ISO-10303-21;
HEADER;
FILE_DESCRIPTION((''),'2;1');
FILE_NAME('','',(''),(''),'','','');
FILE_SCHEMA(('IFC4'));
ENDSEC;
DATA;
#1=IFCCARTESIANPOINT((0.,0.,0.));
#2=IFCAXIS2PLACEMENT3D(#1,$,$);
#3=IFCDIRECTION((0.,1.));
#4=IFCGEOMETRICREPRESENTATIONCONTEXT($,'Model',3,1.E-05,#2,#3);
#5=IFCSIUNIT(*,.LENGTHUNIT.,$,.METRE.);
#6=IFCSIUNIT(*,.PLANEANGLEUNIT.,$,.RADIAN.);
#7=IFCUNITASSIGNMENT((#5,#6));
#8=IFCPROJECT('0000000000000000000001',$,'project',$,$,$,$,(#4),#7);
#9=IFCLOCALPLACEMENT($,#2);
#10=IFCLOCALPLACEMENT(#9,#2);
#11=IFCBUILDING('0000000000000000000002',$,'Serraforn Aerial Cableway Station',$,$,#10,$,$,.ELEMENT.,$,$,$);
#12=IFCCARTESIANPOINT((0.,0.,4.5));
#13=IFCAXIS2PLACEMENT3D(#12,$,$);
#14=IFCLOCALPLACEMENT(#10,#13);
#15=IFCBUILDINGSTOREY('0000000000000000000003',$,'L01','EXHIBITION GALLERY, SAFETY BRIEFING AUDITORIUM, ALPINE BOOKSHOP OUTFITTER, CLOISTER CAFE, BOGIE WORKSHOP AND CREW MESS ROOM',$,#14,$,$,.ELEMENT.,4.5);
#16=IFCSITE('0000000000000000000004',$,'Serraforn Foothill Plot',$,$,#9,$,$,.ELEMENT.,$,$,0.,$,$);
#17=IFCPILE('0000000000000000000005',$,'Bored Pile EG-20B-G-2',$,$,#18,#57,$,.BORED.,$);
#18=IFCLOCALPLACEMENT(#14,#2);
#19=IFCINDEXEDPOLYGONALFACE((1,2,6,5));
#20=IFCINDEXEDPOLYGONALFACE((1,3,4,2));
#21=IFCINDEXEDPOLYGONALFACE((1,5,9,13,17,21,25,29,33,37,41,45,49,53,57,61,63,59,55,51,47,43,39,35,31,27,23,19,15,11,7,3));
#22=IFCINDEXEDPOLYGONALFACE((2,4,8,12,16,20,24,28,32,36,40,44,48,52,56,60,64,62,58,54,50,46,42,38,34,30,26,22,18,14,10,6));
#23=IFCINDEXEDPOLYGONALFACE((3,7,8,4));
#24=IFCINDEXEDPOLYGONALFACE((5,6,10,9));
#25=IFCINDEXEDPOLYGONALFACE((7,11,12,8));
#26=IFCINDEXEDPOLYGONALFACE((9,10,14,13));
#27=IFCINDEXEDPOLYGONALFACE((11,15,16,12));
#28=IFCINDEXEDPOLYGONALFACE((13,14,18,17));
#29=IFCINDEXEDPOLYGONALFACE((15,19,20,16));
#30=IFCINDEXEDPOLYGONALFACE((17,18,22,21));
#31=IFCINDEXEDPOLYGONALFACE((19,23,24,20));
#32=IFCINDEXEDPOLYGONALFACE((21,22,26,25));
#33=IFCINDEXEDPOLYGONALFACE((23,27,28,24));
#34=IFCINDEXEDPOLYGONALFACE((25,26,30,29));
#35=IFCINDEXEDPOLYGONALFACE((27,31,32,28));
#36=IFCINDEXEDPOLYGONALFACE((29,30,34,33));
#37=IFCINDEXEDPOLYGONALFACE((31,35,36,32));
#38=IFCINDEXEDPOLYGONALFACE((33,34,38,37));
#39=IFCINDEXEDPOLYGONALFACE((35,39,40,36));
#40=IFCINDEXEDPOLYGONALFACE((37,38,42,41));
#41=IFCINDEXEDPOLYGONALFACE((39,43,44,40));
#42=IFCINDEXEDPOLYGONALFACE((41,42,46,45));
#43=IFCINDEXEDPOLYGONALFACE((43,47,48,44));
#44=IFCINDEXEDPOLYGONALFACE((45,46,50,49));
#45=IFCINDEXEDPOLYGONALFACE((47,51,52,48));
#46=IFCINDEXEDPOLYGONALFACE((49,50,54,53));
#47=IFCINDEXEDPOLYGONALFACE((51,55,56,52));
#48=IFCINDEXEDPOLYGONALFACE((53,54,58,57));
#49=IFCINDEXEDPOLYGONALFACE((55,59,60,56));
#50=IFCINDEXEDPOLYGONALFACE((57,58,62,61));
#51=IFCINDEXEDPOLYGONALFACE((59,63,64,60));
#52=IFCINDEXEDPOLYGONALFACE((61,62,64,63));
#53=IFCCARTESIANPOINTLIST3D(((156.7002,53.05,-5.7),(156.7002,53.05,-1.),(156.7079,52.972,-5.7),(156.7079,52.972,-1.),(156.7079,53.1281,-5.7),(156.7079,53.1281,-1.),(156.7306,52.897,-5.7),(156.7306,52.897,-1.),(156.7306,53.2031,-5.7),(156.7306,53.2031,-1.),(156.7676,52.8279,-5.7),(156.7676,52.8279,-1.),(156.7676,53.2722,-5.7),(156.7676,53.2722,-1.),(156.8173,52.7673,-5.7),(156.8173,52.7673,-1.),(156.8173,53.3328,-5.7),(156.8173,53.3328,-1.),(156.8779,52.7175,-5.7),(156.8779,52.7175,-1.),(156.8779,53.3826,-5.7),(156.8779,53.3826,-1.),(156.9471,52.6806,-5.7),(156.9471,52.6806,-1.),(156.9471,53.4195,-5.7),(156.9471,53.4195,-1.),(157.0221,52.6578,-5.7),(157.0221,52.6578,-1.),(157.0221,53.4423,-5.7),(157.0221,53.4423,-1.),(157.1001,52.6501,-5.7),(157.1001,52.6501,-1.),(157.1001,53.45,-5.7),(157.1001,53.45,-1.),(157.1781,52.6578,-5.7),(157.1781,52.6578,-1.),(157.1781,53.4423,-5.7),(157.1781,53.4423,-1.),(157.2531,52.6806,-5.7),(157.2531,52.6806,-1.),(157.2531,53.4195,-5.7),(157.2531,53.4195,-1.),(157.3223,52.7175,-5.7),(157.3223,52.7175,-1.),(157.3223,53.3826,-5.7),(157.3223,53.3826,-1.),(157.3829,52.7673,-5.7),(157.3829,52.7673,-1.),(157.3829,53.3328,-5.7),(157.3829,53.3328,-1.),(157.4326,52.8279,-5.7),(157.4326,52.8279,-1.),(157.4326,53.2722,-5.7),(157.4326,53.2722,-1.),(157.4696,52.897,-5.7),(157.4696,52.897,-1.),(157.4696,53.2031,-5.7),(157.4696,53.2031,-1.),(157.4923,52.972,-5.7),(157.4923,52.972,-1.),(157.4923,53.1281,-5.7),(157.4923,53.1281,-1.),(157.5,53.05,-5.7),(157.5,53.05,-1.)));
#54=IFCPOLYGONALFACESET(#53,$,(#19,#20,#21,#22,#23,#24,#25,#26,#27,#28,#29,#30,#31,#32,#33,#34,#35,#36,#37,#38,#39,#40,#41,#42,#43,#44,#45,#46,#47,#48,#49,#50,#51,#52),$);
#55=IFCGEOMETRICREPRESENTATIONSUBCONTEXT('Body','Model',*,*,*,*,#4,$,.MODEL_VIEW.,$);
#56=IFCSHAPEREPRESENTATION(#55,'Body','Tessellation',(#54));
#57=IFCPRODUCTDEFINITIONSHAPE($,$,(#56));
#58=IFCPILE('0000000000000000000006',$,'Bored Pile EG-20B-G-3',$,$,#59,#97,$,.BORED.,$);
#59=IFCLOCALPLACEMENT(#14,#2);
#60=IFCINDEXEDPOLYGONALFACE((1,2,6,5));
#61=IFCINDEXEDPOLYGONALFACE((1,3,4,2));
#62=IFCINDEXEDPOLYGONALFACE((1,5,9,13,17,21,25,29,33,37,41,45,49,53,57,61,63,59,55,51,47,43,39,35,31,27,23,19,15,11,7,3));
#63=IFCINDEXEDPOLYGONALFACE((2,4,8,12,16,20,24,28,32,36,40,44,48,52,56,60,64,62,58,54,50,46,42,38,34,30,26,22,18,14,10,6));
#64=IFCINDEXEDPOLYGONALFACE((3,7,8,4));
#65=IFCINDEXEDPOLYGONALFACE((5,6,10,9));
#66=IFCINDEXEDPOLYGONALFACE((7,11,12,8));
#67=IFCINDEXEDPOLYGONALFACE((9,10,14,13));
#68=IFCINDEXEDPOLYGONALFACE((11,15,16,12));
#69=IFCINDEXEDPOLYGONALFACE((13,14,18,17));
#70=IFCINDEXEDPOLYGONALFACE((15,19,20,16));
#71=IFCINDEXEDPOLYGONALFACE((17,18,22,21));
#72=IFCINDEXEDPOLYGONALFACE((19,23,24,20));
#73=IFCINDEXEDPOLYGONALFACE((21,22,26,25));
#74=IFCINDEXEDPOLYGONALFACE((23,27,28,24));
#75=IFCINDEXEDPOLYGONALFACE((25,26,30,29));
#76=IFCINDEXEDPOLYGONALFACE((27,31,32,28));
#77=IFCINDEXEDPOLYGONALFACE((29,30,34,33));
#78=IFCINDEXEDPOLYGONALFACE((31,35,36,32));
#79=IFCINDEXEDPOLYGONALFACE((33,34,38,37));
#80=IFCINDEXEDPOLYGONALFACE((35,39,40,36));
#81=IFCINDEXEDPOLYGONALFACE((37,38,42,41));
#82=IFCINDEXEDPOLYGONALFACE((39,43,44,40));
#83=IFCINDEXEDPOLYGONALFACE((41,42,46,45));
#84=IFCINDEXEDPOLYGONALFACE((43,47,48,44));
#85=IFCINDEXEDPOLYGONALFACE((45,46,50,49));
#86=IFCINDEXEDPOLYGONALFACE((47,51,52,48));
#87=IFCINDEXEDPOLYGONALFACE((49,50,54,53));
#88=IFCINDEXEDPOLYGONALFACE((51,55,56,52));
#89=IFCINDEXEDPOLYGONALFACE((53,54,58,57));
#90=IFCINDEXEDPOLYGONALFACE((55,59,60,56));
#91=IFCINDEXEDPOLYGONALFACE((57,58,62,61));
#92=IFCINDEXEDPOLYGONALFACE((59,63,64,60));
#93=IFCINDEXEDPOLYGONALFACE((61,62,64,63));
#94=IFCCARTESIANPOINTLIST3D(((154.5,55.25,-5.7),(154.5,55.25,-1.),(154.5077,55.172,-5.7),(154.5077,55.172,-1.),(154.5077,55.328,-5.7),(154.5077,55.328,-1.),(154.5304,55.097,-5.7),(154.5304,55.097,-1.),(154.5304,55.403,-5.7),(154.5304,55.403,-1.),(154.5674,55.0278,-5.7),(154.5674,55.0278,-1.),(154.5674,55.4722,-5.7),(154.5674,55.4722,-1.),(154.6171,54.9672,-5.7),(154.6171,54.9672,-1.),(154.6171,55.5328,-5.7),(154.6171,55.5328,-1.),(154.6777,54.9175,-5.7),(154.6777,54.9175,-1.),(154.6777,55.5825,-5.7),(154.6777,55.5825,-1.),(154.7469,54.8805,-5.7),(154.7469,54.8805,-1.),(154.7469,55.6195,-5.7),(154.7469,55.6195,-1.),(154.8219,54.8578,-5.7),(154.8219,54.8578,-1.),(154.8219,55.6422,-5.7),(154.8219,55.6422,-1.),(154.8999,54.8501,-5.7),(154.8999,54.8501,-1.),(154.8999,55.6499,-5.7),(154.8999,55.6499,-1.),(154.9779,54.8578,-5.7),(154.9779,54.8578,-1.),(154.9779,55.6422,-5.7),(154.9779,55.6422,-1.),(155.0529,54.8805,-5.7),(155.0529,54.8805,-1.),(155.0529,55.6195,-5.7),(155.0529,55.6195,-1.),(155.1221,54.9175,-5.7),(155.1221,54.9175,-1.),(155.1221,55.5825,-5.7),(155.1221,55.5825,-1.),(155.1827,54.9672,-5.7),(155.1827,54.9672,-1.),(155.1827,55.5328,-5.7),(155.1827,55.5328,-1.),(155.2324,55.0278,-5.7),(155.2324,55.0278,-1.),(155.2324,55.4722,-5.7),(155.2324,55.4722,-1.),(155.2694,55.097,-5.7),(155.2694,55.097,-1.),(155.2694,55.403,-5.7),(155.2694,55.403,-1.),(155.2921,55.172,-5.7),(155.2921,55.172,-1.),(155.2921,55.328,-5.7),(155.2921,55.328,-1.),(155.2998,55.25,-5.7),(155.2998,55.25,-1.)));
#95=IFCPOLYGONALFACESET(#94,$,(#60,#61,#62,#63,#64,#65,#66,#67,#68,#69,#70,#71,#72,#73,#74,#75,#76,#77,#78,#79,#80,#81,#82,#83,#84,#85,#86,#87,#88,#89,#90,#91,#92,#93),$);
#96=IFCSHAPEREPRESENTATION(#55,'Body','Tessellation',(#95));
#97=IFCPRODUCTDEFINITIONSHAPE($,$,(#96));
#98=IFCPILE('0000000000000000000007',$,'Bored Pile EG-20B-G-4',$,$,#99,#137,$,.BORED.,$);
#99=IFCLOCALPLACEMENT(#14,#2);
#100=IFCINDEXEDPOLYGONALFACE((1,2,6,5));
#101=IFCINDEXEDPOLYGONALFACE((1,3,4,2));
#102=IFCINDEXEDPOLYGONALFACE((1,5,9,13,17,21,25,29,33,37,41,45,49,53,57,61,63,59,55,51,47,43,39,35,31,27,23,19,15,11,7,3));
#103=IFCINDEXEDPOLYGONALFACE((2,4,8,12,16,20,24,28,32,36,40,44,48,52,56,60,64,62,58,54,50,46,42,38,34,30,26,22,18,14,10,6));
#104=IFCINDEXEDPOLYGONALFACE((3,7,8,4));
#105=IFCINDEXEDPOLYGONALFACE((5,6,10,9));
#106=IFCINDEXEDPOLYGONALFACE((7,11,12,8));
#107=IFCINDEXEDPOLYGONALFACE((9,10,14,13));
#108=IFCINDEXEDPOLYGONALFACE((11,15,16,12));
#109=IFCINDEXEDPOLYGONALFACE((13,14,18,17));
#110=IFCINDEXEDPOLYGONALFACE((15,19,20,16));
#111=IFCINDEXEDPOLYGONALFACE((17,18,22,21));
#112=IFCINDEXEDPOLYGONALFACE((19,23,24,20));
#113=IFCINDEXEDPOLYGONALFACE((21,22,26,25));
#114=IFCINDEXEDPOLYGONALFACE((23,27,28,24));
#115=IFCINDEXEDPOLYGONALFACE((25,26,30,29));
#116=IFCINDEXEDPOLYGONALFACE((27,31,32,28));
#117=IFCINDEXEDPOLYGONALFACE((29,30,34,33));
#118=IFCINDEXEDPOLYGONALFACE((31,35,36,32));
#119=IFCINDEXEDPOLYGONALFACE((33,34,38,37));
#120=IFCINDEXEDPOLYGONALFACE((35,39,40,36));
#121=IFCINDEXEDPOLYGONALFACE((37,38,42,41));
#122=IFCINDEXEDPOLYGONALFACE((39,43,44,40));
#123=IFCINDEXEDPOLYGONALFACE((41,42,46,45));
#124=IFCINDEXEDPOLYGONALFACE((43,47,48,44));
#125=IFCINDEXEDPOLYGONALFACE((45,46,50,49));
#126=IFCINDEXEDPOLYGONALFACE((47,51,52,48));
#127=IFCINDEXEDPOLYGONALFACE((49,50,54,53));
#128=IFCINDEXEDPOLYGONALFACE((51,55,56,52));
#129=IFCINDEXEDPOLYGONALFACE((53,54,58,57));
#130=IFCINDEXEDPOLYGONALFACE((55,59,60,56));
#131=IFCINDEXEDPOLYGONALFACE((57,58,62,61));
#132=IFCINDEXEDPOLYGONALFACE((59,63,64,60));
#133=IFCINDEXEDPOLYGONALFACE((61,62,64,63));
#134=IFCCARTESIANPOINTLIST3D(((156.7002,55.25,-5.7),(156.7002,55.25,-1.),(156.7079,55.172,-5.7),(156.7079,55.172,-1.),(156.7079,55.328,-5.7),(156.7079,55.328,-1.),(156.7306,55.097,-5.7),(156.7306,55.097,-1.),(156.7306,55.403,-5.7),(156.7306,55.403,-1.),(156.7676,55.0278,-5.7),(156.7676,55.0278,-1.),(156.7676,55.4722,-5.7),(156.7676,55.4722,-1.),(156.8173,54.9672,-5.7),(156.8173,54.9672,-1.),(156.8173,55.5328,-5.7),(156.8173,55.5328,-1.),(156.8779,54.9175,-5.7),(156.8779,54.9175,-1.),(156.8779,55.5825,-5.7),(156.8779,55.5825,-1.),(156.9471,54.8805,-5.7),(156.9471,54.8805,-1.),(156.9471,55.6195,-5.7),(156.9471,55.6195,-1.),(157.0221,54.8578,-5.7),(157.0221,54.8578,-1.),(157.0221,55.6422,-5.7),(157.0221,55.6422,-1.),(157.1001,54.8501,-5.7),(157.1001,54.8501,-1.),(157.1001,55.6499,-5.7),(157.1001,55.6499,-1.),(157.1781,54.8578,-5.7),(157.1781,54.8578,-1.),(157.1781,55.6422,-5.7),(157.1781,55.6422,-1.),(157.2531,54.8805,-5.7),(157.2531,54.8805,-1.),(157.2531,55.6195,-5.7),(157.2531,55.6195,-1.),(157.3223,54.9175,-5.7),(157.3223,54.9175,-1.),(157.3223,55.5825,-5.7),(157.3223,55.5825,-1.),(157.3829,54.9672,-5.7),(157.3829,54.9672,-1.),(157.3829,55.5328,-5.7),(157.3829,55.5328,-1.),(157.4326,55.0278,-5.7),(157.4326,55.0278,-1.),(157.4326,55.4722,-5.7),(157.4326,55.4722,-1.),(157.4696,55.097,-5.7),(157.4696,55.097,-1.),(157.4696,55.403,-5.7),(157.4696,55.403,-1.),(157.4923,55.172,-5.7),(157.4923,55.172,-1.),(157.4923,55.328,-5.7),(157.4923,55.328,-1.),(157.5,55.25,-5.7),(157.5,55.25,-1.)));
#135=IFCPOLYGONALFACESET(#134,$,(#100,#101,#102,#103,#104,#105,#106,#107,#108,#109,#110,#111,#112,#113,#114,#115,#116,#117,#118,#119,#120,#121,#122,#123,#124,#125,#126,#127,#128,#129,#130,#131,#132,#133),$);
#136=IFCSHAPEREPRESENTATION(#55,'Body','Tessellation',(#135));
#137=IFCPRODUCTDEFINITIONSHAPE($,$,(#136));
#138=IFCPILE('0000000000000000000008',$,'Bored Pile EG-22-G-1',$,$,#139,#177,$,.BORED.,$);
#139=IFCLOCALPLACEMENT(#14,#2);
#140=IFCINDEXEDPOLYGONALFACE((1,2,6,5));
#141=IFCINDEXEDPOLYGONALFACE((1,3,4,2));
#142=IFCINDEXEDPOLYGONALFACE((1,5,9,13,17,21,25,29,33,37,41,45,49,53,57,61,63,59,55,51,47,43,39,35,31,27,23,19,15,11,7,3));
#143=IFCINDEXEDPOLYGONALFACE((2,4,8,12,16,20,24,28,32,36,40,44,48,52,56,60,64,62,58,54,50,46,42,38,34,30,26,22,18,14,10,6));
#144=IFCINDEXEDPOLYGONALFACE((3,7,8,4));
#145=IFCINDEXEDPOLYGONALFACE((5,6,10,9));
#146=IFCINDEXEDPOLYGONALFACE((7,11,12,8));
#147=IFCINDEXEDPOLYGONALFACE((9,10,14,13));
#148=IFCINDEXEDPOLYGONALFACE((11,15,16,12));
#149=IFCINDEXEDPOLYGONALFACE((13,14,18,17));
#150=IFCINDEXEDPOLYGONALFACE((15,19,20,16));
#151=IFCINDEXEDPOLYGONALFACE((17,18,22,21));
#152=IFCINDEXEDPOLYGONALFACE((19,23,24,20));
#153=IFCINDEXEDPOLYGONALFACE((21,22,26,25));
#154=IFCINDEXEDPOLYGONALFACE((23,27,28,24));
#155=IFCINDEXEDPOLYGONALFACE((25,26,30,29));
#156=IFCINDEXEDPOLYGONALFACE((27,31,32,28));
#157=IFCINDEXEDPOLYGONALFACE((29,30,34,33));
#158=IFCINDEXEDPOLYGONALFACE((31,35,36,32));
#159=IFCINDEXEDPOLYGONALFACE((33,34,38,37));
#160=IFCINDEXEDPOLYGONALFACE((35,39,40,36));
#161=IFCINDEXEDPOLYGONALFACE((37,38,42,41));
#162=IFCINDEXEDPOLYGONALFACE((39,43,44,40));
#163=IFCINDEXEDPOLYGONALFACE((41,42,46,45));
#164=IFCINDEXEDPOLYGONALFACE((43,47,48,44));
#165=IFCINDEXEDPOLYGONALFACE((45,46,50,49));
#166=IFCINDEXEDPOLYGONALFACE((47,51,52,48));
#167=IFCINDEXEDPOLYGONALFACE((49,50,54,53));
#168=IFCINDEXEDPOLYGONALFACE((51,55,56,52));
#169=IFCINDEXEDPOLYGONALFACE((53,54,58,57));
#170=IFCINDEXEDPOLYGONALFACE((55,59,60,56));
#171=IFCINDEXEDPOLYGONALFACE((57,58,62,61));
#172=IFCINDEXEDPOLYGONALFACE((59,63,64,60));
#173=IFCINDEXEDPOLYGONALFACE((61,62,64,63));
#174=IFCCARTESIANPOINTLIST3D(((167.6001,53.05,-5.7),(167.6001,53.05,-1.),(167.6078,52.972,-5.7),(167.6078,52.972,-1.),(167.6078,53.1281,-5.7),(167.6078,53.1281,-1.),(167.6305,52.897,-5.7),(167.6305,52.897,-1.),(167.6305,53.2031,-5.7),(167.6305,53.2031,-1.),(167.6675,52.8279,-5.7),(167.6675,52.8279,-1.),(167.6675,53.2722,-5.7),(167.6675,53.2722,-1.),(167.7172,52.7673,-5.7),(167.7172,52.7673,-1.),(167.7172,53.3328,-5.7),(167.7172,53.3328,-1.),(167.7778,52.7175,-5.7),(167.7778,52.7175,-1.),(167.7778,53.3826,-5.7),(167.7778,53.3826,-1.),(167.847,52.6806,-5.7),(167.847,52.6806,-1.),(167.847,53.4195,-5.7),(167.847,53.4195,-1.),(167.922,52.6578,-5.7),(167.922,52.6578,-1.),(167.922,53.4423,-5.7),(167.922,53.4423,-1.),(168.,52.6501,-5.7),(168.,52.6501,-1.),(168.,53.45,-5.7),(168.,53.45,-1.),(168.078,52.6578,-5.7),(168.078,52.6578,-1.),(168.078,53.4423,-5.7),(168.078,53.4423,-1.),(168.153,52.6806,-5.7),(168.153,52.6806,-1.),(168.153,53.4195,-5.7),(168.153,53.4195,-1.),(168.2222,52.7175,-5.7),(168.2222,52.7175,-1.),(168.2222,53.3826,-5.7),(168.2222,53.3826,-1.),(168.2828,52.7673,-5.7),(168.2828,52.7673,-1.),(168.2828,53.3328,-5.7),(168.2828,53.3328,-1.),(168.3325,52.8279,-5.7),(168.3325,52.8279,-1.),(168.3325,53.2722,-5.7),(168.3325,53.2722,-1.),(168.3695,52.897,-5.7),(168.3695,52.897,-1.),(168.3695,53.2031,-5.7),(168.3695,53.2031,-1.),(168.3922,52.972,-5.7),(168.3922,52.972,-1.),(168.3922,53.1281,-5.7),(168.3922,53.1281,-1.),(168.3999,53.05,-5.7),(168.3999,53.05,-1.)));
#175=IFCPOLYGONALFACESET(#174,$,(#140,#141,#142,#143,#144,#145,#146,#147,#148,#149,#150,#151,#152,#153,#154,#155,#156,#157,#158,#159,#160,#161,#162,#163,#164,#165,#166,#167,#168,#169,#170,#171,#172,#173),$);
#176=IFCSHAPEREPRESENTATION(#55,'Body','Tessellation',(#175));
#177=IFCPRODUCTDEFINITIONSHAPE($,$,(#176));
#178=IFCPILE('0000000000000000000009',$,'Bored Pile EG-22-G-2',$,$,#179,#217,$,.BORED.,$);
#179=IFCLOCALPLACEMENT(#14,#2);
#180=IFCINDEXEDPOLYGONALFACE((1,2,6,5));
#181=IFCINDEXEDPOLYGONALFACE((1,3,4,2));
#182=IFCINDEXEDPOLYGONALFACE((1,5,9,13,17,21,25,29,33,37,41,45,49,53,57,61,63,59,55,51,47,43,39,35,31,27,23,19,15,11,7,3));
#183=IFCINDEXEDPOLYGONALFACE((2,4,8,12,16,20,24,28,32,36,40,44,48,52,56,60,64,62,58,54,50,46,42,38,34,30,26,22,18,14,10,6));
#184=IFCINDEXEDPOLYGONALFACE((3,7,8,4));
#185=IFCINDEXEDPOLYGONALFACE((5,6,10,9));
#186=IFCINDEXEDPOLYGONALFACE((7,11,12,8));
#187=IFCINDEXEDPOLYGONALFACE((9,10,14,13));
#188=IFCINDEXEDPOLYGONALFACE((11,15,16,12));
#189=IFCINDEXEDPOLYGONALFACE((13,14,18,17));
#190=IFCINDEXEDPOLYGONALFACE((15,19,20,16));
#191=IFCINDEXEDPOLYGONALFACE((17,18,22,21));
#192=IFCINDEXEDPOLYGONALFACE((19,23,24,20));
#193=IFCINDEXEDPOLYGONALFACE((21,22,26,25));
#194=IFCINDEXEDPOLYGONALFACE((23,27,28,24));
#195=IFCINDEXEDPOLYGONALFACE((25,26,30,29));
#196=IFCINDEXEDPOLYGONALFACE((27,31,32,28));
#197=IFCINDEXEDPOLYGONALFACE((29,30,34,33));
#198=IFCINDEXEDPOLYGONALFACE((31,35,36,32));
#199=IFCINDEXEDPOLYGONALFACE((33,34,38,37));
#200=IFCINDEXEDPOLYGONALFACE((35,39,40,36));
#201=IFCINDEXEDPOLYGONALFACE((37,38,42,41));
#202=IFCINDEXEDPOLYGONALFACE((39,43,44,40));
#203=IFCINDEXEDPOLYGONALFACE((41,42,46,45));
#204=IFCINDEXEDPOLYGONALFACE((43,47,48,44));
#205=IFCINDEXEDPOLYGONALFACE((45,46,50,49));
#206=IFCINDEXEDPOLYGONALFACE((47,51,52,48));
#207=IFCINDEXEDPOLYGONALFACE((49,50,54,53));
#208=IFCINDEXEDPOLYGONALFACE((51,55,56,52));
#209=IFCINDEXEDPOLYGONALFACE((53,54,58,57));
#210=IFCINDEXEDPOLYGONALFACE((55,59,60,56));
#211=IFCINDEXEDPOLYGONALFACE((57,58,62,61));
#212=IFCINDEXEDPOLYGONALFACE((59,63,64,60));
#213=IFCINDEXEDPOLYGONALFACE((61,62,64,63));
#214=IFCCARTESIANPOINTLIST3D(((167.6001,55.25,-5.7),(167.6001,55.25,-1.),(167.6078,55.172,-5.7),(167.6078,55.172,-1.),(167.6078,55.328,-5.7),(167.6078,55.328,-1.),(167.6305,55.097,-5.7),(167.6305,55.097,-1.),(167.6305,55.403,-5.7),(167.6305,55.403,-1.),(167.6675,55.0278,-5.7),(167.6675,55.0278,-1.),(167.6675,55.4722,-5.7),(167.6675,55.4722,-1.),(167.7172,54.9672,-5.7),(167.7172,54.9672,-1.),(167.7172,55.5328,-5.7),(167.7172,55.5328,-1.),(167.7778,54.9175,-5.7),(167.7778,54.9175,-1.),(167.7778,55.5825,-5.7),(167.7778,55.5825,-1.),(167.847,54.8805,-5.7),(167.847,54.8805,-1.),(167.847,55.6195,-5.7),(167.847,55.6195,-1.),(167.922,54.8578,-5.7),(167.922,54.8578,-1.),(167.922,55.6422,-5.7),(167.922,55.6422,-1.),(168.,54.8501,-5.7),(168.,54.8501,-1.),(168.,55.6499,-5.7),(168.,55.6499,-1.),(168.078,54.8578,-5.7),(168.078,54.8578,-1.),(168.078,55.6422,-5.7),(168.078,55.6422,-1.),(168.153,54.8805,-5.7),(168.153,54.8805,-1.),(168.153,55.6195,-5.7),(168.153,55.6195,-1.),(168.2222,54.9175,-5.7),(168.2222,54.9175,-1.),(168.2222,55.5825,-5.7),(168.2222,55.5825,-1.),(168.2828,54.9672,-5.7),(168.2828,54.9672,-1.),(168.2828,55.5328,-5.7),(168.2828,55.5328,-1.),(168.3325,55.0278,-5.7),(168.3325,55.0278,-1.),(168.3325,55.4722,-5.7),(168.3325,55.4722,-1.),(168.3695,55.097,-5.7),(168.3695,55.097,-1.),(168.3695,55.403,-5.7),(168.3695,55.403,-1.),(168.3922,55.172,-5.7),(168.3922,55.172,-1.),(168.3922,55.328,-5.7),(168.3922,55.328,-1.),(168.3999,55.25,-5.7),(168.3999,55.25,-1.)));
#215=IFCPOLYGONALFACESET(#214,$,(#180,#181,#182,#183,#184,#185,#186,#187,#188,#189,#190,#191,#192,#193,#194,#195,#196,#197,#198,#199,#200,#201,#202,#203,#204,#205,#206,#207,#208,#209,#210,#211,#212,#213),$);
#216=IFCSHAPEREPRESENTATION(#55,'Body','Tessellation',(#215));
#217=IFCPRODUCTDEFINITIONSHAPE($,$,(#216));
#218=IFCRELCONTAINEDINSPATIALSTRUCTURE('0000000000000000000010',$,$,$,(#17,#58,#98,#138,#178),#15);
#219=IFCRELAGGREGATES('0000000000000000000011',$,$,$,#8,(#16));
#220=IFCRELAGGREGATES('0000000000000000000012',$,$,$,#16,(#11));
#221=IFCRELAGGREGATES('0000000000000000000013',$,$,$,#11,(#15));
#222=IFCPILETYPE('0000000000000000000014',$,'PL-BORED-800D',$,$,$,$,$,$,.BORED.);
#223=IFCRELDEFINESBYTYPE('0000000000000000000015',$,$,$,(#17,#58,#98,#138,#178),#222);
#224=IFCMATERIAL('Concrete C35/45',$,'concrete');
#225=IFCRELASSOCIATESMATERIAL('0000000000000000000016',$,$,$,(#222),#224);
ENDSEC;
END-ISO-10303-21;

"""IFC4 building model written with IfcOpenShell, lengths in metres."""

from ifc_helpers import new_model, si_unit, direction, frame, origin, origin_2d, place, context, subcontext, project, spatial, circle, extrude, material, material_profile, profile_set, type_object, element, save


model = new_model("IFC4")

# Units and contexts
model_context = context("Model", 3, precision=1e-05, world=origin(), true_north=direction((0.0, 1.0)))
body_context = subcontext(model_context, "Body", "Model", "MODEL_VIEW")
ifc_project = project(units=[si_unit("LENGTHUNIT", "METRE"), si_unit("PLANEANGLEUNIT", "RADIAN")], contexts=[model_context])

# Site, building, storey
site_placement = place(None, origin())
site = spatial("IfcSite", under=ifc_project, at=site_placement, Name="Serraforn Foothill Plot", CompositionType="ELEMENT", RefElevation=0.0)
building_placement = place(site_placement, origin())
building = spatial("IfcBuilding", under=site, at=building_placement, Name="Serraforn Aerial Cableway Station", CompositionType="ELEMENT")
storey_placement = place(building_placement, frame((0.0, 0.0, 4.5)))
storey = spatial("IfcBuildingStorey", under=building, at=storey_placement, Name="L01", Description="EXHIBITION GALLERY, SAFETY BRIEFING AUDITORIUM, ALPINE BOOKSHOP OUTFITTER, CLOISTER CAFE, BOGIE WORKSHOP AND CREW MESS ROOM", CompositionType="ELEMENT", Elevation=4.5)

# Shared definitions
ifc_material_1 = material(Name="Concrete C35/45", Category="concrete")

# Piles
ifc_material_profile_1 = material_profile(ifc_material_1, circle(Radius=0.3999, at=origin_2d()), Name="BORED PILE D800")
ifc_profile_set_1 = profile_set([ifc_material_profile_1], Name="Concrete C35/45")
pile_type_1 = type_object("IfcPileType", Name="PL-BORED-800D", PredefinedType="BORED", material=ifc_profile_set_1)
for number, where, z_axis, x_axis, name in (
    (1, (157.1001, 53.05, -1.0), (0.0, 0.0, -1.0), (1.0, 0.0, 0.0), "Bored Pile EG-20B-G-2"),
    (2, (154.8999, 55.25, -1.0), (0.0, 0.0, -1.0), (1.0, 0.0, 0.0), "Bored Pile EG-20B-G-3"),
    (3, (157.1001, 55.25, -1.0), (0.0, 0.0, -1.0), (1.0, 0.0, 0.0), "Bored Pile EG-20B-G-4"),
    (4, (168.0, 53.05, -1.0), (0.0, 0.0, -1.0), (1.0, 0.0, 0.0), "Bored Pile EG-22-G-1"),
    (5, (168.0, 55.25, -1.0), (0.0, 0.0, -1.0), (1.0, 0.0, 0.0), "Bored Pile EG-22-G-2"),
):
    element("IfcPile", number, at=place(storey_placement, frame(where, z_axis=z_axis, x_axis=x_axis)), inside=storey, type_object=pile_type_1, Name=name, PredefinedType="BORED", context=body_context, shape_type="SweptSolid", body=[
        extrude(circle(Radius=0.3999, at=origin_2d()), origin(), (0.0, 0.0, 1.0), 4.7),
    ])

save(model, "model.ifc")
